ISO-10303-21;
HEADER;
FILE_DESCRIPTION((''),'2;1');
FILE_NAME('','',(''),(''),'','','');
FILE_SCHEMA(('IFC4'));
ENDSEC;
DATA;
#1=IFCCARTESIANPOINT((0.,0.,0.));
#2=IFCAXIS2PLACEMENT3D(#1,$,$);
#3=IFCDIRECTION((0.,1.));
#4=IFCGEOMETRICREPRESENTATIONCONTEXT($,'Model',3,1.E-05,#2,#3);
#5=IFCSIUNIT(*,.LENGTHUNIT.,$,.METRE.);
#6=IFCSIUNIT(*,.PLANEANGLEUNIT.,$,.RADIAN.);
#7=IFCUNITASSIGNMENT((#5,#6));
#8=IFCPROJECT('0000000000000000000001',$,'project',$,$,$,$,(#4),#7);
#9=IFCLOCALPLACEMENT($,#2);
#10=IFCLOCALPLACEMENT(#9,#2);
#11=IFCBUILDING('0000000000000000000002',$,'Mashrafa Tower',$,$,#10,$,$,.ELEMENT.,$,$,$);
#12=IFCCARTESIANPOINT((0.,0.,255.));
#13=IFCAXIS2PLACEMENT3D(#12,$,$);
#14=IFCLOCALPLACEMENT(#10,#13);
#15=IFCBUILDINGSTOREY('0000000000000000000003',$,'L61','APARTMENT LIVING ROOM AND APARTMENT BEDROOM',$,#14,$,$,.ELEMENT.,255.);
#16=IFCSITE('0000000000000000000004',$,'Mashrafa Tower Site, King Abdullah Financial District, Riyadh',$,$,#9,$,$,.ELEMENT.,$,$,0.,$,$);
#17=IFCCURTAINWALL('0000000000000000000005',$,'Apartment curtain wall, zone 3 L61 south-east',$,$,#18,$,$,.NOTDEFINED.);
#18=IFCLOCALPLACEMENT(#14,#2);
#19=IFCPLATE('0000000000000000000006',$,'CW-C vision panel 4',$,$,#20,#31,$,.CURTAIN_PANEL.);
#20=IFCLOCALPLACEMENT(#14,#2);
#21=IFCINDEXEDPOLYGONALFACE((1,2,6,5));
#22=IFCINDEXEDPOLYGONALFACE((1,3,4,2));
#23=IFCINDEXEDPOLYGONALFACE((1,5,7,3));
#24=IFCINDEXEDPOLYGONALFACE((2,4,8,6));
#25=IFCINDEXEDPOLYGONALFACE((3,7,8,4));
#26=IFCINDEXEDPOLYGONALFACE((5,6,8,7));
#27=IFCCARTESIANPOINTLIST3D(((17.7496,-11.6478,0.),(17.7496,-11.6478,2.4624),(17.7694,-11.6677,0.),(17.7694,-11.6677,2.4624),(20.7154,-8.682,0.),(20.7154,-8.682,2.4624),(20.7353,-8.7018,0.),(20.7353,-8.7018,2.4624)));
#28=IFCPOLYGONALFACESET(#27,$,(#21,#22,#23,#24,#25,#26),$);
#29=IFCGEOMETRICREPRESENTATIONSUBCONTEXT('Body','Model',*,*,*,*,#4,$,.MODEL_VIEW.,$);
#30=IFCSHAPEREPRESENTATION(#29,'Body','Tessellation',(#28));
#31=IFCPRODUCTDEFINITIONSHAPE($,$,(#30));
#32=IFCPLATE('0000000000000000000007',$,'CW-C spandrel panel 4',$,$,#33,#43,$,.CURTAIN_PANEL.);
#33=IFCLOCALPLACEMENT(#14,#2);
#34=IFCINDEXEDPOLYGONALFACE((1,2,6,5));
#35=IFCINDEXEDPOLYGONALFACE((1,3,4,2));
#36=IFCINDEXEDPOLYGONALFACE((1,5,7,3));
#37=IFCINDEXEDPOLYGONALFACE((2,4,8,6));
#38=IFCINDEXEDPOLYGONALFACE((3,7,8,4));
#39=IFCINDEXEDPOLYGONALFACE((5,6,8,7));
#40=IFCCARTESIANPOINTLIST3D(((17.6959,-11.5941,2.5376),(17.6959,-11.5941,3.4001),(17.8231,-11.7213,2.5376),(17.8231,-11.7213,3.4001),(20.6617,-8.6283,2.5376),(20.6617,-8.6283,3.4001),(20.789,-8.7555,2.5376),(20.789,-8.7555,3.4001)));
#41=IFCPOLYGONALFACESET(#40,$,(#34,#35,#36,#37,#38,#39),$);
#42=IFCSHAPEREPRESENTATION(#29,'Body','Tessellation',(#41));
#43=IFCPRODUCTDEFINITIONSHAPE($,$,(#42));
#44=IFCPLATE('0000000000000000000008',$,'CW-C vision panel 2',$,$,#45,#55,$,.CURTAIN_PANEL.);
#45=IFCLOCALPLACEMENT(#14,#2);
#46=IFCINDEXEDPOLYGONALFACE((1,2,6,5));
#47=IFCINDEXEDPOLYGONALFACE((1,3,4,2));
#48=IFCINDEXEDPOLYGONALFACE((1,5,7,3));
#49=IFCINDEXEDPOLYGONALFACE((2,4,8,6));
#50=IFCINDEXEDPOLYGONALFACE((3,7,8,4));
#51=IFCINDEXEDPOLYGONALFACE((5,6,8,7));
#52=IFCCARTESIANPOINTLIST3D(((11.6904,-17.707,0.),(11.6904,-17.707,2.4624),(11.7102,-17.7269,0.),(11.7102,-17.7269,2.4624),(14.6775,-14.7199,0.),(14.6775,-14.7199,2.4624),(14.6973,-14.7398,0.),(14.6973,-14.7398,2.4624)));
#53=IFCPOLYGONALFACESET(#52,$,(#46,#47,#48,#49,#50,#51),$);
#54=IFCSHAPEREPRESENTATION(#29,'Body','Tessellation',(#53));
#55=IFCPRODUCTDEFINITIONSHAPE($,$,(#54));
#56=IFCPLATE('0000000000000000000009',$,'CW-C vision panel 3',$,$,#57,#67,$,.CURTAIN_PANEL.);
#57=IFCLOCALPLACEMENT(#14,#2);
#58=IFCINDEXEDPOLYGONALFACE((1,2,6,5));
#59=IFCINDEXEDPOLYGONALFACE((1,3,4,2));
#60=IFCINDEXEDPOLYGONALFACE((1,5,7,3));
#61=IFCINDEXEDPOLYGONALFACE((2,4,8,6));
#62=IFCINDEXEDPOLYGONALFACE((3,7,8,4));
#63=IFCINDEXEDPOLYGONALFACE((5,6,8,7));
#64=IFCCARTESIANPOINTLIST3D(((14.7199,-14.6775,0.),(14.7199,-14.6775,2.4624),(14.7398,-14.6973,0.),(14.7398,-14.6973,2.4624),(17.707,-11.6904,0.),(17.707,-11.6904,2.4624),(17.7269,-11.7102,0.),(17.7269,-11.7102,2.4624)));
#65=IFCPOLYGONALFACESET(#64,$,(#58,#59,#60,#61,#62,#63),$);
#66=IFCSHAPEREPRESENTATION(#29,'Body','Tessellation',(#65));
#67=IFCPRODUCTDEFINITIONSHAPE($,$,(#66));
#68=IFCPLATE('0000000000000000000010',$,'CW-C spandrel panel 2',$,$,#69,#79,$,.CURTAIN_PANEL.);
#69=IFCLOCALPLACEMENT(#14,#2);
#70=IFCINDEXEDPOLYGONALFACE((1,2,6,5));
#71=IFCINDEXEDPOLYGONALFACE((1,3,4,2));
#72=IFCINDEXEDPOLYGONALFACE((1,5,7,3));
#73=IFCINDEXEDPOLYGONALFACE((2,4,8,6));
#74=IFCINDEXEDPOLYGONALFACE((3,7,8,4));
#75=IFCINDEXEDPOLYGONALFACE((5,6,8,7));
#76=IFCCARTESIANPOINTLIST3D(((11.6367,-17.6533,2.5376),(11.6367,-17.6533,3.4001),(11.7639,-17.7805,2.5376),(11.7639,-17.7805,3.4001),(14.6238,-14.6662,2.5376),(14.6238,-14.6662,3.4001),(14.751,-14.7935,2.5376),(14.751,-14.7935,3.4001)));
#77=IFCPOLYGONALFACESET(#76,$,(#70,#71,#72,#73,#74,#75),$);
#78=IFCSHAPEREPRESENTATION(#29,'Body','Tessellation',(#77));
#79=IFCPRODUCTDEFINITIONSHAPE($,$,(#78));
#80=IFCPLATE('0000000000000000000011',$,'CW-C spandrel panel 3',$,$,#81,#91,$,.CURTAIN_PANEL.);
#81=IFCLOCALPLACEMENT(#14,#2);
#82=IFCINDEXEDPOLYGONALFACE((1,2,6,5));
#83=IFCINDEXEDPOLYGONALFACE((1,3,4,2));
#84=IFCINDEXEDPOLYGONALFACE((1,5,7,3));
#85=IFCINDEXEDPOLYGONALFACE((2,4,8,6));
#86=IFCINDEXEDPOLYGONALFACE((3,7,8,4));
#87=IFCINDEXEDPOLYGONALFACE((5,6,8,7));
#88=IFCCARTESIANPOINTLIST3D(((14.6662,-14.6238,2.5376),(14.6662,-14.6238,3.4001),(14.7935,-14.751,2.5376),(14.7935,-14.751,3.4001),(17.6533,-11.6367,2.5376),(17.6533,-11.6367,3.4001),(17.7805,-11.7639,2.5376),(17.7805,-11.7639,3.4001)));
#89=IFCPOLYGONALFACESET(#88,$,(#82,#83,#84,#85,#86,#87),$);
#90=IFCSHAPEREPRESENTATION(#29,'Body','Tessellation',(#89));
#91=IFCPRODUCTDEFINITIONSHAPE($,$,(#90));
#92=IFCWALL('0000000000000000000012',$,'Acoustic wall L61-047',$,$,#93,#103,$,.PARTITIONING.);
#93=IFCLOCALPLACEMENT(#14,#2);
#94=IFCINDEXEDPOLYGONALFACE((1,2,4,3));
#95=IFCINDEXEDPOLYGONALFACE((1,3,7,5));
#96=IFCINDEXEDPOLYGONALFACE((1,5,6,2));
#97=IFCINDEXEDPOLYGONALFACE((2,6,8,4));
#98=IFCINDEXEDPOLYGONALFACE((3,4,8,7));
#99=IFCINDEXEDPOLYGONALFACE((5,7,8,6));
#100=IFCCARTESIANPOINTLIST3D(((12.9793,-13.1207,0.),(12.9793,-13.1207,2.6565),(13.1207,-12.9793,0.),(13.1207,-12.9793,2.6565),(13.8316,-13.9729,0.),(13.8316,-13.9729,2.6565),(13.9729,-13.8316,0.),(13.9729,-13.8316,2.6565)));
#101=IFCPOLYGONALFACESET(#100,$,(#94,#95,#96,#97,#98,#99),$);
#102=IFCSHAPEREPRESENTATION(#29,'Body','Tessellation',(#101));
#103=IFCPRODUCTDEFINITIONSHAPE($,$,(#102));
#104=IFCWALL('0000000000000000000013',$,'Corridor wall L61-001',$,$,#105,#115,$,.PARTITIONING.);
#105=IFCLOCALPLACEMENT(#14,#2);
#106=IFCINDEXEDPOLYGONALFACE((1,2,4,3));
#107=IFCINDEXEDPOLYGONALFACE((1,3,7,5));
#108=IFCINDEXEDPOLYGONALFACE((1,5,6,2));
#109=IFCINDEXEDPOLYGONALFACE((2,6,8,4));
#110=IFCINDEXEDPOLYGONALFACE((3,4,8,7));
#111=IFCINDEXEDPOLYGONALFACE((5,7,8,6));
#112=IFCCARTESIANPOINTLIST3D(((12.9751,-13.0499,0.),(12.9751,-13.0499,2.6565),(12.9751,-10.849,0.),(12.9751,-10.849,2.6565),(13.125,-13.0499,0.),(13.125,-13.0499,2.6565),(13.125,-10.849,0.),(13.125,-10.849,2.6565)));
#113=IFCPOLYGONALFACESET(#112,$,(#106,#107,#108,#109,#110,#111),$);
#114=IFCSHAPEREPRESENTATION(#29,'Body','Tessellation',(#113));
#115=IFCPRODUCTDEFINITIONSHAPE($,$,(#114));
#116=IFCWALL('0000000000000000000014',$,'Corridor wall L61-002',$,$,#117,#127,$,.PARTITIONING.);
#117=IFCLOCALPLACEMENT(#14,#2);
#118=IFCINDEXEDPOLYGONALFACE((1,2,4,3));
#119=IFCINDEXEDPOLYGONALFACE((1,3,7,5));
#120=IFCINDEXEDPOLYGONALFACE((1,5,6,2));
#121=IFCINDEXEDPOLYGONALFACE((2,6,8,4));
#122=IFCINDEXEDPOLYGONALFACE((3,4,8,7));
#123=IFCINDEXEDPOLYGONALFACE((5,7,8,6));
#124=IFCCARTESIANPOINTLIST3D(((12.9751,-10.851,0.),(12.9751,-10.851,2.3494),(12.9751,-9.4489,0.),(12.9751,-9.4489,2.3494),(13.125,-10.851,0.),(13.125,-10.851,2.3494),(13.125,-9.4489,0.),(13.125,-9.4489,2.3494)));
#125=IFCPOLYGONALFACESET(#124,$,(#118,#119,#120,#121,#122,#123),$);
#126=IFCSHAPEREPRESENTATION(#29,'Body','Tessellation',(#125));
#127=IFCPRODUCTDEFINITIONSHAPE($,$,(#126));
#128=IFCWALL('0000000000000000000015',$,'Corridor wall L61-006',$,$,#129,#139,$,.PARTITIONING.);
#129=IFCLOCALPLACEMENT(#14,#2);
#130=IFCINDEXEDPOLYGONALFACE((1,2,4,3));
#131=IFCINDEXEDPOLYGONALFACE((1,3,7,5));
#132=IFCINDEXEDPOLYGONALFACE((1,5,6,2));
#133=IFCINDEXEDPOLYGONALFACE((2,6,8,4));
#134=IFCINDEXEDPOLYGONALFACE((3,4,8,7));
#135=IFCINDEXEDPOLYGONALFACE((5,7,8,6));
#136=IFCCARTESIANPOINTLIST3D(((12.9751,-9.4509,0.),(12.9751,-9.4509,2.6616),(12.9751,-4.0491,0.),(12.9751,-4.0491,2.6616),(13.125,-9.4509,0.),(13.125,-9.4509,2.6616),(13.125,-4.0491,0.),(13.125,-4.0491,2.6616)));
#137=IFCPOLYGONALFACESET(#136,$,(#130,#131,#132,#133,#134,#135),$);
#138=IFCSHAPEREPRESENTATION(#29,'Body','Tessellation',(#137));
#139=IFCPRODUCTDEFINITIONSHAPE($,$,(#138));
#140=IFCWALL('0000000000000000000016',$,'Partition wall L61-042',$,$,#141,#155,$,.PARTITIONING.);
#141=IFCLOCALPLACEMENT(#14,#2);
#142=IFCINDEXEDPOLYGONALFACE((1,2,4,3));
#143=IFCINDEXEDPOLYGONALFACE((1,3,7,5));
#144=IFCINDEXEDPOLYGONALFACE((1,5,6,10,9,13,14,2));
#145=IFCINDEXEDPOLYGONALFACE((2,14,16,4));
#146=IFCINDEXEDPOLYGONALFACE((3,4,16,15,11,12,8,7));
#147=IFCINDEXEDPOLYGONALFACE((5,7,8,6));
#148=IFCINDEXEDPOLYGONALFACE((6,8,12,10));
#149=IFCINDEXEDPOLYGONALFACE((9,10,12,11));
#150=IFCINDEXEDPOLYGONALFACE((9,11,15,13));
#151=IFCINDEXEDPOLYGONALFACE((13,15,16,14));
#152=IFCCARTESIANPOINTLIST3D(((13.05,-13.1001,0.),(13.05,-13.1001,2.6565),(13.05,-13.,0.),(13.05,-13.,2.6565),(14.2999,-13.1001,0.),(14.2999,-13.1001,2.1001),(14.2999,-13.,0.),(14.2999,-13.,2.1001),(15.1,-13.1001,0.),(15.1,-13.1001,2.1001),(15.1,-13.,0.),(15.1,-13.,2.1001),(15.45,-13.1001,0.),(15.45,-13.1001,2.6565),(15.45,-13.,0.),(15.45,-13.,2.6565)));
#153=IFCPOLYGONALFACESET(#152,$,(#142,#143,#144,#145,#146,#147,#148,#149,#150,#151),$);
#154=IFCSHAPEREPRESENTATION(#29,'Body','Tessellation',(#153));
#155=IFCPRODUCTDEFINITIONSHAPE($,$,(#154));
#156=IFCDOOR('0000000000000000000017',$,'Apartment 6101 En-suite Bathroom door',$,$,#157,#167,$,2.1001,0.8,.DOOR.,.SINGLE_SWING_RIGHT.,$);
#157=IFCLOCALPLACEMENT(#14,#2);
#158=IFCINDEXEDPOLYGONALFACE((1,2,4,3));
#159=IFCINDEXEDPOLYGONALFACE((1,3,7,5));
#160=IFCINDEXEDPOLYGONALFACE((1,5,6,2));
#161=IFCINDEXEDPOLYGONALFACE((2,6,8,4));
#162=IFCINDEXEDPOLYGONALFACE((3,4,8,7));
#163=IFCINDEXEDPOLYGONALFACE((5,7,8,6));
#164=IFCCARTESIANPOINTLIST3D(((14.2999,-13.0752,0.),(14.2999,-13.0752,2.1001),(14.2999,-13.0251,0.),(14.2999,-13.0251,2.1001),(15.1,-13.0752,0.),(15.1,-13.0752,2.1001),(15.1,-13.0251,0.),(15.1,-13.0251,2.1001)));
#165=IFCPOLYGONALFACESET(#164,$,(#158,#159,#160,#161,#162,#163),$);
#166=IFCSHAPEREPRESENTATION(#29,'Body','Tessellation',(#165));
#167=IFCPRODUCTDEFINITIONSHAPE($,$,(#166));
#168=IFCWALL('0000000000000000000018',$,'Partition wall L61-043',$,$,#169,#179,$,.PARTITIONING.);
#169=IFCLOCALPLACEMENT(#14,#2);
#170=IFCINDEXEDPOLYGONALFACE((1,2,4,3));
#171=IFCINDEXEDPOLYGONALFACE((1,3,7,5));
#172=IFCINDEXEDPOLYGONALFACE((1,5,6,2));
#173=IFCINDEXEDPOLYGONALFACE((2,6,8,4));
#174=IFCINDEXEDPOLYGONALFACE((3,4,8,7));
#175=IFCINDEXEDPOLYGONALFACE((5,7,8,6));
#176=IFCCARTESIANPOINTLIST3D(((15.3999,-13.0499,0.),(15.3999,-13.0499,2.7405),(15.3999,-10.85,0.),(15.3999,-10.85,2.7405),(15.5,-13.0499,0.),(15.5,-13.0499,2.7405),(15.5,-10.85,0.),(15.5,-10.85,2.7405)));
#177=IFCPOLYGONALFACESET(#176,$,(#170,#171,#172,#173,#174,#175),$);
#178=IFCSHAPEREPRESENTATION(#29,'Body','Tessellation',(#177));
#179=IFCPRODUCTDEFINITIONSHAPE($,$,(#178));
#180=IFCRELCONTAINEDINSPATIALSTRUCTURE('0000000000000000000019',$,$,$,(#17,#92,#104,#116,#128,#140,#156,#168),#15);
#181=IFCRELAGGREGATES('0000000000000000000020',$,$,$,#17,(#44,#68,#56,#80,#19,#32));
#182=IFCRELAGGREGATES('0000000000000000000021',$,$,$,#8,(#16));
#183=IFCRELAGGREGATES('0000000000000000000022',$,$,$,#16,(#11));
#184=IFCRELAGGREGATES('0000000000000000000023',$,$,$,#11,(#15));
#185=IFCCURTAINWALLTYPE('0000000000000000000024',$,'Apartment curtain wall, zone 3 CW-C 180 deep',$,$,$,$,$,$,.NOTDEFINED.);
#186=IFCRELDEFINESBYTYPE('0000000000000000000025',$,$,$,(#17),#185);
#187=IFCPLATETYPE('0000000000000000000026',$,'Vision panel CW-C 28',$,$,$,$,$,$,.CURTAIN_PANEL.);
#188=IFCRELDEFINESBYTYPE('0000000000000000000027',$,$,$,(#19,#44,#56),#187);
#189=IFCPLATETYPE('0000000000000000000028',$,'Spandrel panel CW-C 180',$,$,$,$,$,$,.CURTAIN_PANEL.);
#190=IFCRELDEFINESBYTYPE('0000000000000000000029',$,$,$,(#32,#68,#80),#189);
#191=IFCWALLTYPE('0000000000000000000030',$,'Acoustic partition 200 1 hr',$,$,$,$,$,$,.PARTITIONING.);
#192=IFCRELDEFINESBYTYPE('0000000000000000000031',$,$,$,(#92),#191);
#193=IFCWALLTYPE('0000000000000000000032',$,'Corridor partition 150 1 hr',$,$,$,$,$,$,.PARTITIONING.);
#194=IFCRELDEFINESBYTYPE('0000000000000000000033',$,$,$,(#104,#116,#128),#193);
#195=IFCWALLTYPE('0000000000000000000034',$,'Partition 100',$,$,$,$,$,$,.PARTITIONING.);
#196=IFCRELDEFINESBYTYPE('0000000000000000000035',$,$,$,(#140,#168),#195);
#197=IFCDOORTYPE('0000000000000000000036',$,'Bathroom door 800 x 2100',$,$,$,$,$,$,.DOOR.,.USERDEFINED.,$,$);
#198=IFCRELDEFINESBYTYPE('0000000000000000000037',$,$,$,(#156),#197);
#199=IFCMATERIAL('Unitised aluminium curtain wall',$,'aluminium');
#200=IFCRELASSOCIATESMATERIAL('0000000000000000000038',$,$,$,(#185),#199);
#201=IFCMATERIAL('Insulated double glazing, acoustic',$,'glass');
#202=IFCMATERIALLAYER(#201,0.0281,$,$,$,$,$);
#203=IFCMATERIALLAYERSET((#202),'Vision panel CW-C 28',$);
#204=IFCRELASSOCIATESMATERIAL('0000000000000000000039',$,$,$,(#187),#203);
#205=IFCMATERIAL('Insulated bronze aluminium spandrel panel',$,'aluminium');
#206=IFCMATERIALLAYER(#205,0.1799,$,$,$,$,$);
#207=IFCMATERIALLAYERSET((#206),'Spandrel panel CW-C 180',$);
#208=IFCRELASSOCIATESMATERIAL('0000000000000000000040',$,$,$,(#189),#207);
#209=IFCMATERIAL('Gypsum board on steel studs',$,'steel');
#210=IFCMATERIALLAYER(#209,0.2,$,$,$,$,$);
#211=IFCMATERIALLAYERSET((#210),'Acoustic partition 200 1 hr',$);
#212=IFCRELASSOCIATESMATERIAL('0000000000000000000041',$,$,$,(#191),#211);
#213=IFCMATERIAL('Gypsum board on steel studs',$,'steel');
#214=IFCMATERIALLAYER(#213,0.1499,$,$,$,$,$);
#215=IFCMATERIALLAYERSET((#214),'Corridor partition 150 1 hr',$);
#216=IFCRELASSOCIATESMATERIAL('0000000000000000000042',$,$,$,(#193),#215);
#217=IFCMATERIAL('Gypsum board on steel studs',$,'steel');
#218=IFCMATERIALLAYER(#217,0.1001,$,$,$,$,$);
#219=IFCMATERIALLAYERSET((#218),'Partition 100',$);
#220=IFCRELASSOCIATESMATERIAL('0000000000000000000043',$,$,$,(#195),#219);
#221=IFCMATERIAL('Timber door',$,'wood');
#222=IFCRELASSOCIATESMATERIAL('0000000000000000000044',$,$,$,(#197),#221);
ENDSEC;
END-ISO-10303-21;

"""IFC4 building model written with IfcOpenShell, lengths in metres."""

from ifc_helpers import new_model, si_unit, direction, frame, frame_2d, origin, origin_2d, place, context, subcontext, project, spatial, rectangle, extrude, source, transform, mapped, material, layer, layer_set, type_object, type_shapes, element, fill, aggregate, save


model = new_model("IFC4")

# Units and contexts
model_context = context("Model", 3, precision=1e-05, world=origin(), true_north=direction((0.0, 1.0)))
body_context = subcontext(model_context, "Body", "Model", "MODEL_VIEW")
ifc_project = project(units=[si_unit("LENGTHUNIT", "METRE"), si_unit("PLANEANGLEUNIT", "RADIAN")], contexts=[model_context])

# Site, building, storey
site_placement = place(None, origin())
site = spatial("IfcSite", under=ifc_project, at=site_placement, Name="Mashrafa Tower Site, King Abdullah Financial District, Riyadh", CompositionType="ELEMENT", RefElevation=0.0)
building_placement = place(site_placement, origin())
building = spatial("IfcBuilding", under=site, at=building_placement, Name="Mashrafa Tower", CompositionType="ELEMENT")
storey_placement = place(building_placement, frame((0.0, 0.0, 255.0)))
storey = spatial("IfcBuildingStorey", under=building, at=storey_placement, Name="L61", Description="APARTMENT LIVING ROOM AND APARTMENT BEDROOM", CompositionType="ELEMENT", Elevation=255.0)

# Curtain wall, plates
ifc_material_1 = material(Name="Unitised aluminium curtain wall", Category="aluminium")
curtain_wall_type = type_object("IfcCurtainWallType", Name="Apartment curtain wall, zone 3 CW-C 180 deep", PredefinedType="NOTDEFINED", material=ifc_material_1)
curtain_wall_placement = place(storey_placement, origin())
curtain_wall = element("IfcCurtainWall", 1, at=curtain_wall_placement, inside=storey, type_object=curtain_wall_type, Name="Apartment curtain wall, zone 3 L61 south-east", PredefinedType="NOTDEFINED")
ifc_material_2 = material(Name="Insulated double glazing, acoustic", Category="glass")
ifc_layer_1 = layer(ifc_material_2, 0.0281)
ifc_layer_set_1 = layer_set([ifc_layer_1], Name="Vision panel CW-C 28")
plate_type_1 = type_object("IfcPlateType", Name="Vision panel CW-C 28", PredefinedType="CURTAIN_PANEL", material=ifc_layer_set_1)
shared_shape_1 = source(origin(), body_context, "Body", "SweptSolid", [
    extrude(rectangle(XDim=4.1943, YDim=0.0281, at=origin_2d()), origin(), (0.0, 0.0, 1.0), 2.4624),
])
plate_1_placement = place(storey_placement, frame((19.2424, -10.1748, 0.0), z_axis=(0.0, 0.0, 1.0), x_axis=(0.707107, 0.707107, 0.0)))
plate_1 = element("IfcPlate", 2, at=plate_1_placement, type_object=plate_type_1, Name="CW-C vision panel 4", PredefinedType="CURTAIN_PANEL", context=body_context, shape_type="MappedRepresentation", body=[
    mapped(shared_shape_1, transform((0.0, 0.0, 0.0))),
])
ifc_material_3 = material(Name="Insulated bronze aluminium spandrel panel", Category="aluminium")
ifc_layer_2 = layer(ifc_material_3, 0.1799)
ifc_layer_set_2 = layer_set([ifc_layer_2], Name="Spandrel panel CW-C 180")
plate_type_2 = type_object("IfcPlateType", Name="Spandrel panel CW-C 180", PredefinedType="CURTAIN_PANEL", material=ifc_layer_set_2)
shared_shape_2 = source(origin(), body_context, "Body", "SweptSolid", [
    extrude(rectangle(XDim=4.1943, YDim=0.1799, at=origin_2d()), origin(), (0.0, 0.0, 1.0), 0.8625),
])
plate_2_placement = place(storey_placement, frame((19.2424, -10.1748, 2.5376), z_axis=(0.0, 0.0, 1.0), x_axis=(0.707107, 0.707107, 0.0)))
plate_2 = element("IfcPlate", 3, at=plate_2_placement, type_object=plate_type_2, Name="CW-C spandrel panel 4", PredefinedType="CURTAIN_PANEL", context=body_context, shape_type="MappedRepresentation", body=[
    mapped(shared_shape_2, transform((0.0, 0.0, 0.0))),
])
shared_shape_3 = source(origin(), body_context, "Body", "SweptSolid", [
    extrude(rectangle(XDim=4.2244, YDim=0.0281, at=origin_2d()), origin(), (0.0, 0.0, 1.0), 2.4624),
])
type_shapes(plate_type_1, [shared_shape_1, shared_shape_3])
plate_3_placement = place(storey_placement, frame((13.1938, -16.2234, 0.0), z_axis=(0.0, 0.0, 1.0), x_axis=(0.707107, 0.707107, 0.0)))
plate_3 = element("IfcPlate", 4, at=plate_3_placement, type_object=plate_type_1, Name="CW-C vision panel 2", PredefinedType="CURTAIN_PANEL", context=body_context, shape_type="MappedRepresentation", body=[
    mapped(shared_shape_3, transform((0.0, 0.0, 0.0))),
])
plate_4_placement = place(storey_placement, frame((16.2234, -13.1938, 0.0), z_axis=(0.0, 0.0, 1.0), x_axis=(0.707107, 0.707107, 0.0)))
plate_4 = element("IfcPlate", 5, at=plate_4_placement, type_object=plate_type_1, Name="CW-C vision panel 3", PredefinedType="CURTAIN_PANEL", context=body_context, shape_type="MappedRepresentation", body=[
    mapped(shared_shape_3, transform((0.0, 0.0, 0.0))),
])
shared_shape_4 = source(origin(), body_context, "Body", "SweptSolid", [
    extrude(rectangle(XDim=4.2244, YDim=0.1799, at=origin_2d()), origin(), (0.0, 0.0, 1.0), 0.8625),
])
type_shapes(plate_type_2, [shared_shape_2, shared_shape_4])
plate_5_placement = place(storey_placement, frame((13.1938, -16.2234, 2.5376), z_axis=(0.0, 0.0, 1.0), x_axis=(0.707107, 0.707107, 0.0)))
plate_5 = element("IfcPlate", 6, at=plate_5_placement, type_object=plate_type_2, Name="CW-C spandrel panel 2", PredefinedType="CURTAIN_PANEL", context=body_context, shape_type="MappedRepresentation", body=[
    mapped(shared_shape_4, transform((0.0, 0.0, 0.0))),
])
plate_6_placement = place(storey_placement, frame((16.2234, -13.1938, 2.5376), z_axis=(0.0, 0.0, 1.0), x_axis=(0.707107, 0.707107, 0.0)))
plate_6 = element("IfcPlate", 7, at=plate_6_placement, type_object=plate_type_2, Name="CW-C spandrel panel 3", PredefinedType="CURTAIN_PANEL", context=body_context, shape_type="MappedRepresentation", body=[
    mapped(shared_shape_4, transform((0.0, 0.0, 0.0))),
])
aggregate(curtain_wall, [plate_3, plate_5, plate_4, plate_6, plate_1, plate_2])

# Walls
ifc_material_4 = material(Name="Gypsum board on steel studs", Category="steel")
ifc_layer_3 = layer(ifc_material_4, 0.2)
ifc_layer_set_3 = layer_set([ifc_layer_3], Name="Acoustic partition 200 1 hr")
wall_type_1 = type_object("IfcWallType", Name="Acoustic partition 200 1 hr", PredefinedType="PARTITIONING", material=ifc_layer_set_3)
wall_1_placement = place(storey_placement, frame((13.05, -13.05, 0.0), z_axis=(0.0, 0.0, 1.0), x_axis=(0.707107, -0.707107, 0.0)))
element("IfcWall", 8, at=wall_1_placement, inside=storey, type_object=wall_type_1, Name="Acoustic wall L61-047", PredefinedType="PARTITIONING", context=body_context, shape_type="SweptSolid", body=[
    extrude(rectangle(XDim=1.2053, YDim=0.2, at=frame_2d((0.6025, 0.0))), origin(), (0.0, 0.0, 1.0), 2.6565),
])
ifc_material_5 = material(Name="Gypsum board on steel studs", Category="steel")
ifc_layer_4 = layer(ifc_material_5, 0.1499)
ifc_layer_set_4 = layer_set([ifc_layer_4], Name="Corridor partition 150 1 hr")
wall_type_2 = type_object("IfcWallType", Name="Corridor partition 150 1 hr", PredefinedType="PARTITIONING", material=ifc_layer_set_4)
wall_2_placement = place(storey_placement, frame((13.05, -13.05, 0.0), z_axis=(0.0, 0.0, 1.0), x_axis=(0.0, 1.0, 0.0)))
element("IfcWall", 9, at=wall_2_placement, inside=storey, type_object=wall_type_2, Name="Corridor wall L61-001", PredefinedType="PARTITIONING", context=body_context, shape_type="SweptSolid", body=[
    extrude(rectangle(XDim=2.2009, YDim=0.1499, at=frame_2d((1.1006, 0.0))), origin(), (0.0, 0.0, 1.0), 2.6565),
])
wall_3_placement = place(storey_placement, frame((13.05, -10.8511, 0.0), z_axis=(0.0, 0.0, 1.0), x_axis=(0.0, 1.0, 0.0)))
element("IfcWall", 10, at=wall_3_placement, inside=storey, type_object=wall_type_2, Name="Corridor wall L61-002", PredefinedType="PARTITIONING", context=body_context, shape_type="SweptSolid", body=[
    extrude(rectangle(XDim=1.4021, YDim=0.1499, at=frame_2d((0.7012, 0.0))), origin(), (0.0, 0.0, 1.0), 2.3494),
])
wall_4_placement = place(storey_placement, frame((13.05, -9.4509, 0.0), z_axis=(0.0, 0.0, 1.0), x_axis=(0.0, 1.0, 0.0)))
element("IfcWall", 11, at=wall_4_placement, inside=storey, type_object=wall_type_2, Name="Corridor wall L61-006", PredefinedType="PARTITIONING", context=body_context, shape_type="SweptSolid", body=[
    extrude(rectangle(XDim=5.4019, YDim=0.1499, at=frame_2d((2.7009, 0.0))), origin(), (0.0, 0.0, 1.0), 2.6616),
])

# Wall, opening, door
ifc_material_6 = material(Name="Gypsum board on steel studs", Category="steel")
ifc_layer_5 = layer(ifc_material_6, 0.1001)
ifc_layer_set_5 = layer_set([ifc_layer_5], Name="Partition 100")
wall_type_3 = type_object("IfcWallType", Name="Partition 100", PredefinedType="PARTITIONING", material=ifc_layer_set_5)
wall_5_placement = place(storey_placement, frame((13.05, -13.05, 0.0), z_axis=(0.0, 0.0, 1.0), x_axis=(1.0, 0.0, 0.0)))
wall_5 = element("IfcWall", 12, at=wall_5_placement, inside=storey, type_object=wall_type_3, Name="Partition wall L61-042", PredefinedType="PARTITIONING", context=body_context, shape_type="SweptSolid", body=[
    extrude(rectangle(XDim=2.3999, YDim=0.1001, at=frame_2d((1.2, 0.0))), origin(), (0.0, 0.0, 1.0), 2.6565),
])
opening_1_placement = place(wall_5_placement, frame((1.25, 0.0, 0.0)))
opening_1 = element("IfcOpeningElement", 13, at=opening_1_placement, cuts=wall_5, PredefinedType="OPENING", context=body_context, shape_type="SweptSolid", body=[
    extrude(rectangle(XDim=0.8, YDim=2.1001, at=frame_2d((0.3999, 1.05))), frame((0.0, 0.0601, 0.0), z_axis=(0.0, -1.0, 0.0), x_axis=(1.0, 0.0, 0.0)), (0.0, 0.0, 1.0), 0.1201),
])
ifc_material_7 = material(Name="Timber door", Category="wood")
door_type_1 = type_object("IfcDoorType", Name="Bathroom door 800 x 2100", OperationType="USERDEFINED", PredefinedType="DOOR", material=ifc_material_7)
door_1_placement = place(opening_1_placement, origin())
door_1 = element("IfcDoor", 14, at=door_1_placement, inside=storey, type_object=door_type_1, Name="Apartment 6101 En-suite Bathroom door", OperationType="SINGLE_SWING_RIGHT", OverallHeight=2.1001, OverallWidth=0.8, PredefinedType="DOOR", context=body_context, shape_type="SweptSolid", body=[
    extrude(rectangle(XDim=0.8, YDim=2.1001, at=frame_2d((0.3999, 1.05))), frame((0.0, 0.0249, 0.0), z_axis=(0.0, -1.0, 0.0), x_axis=(1.0, 0.0, 0.0)), (0.0, 0.0, 1.0), 0.05),
])
fill(opening_1, door_1)

# Wall
wall_6_placement = place(storey_placement, frame((15.45, -13.05, 0.0), z_axis=(0.0, 0.0, 1.0), x_axis=(0.0, 1.0, 0.0)))
element("IfcWall", 15, at=wall_6_placement, inside=storey, type_object=wall_type_3, Name="Partition wall L61-043", PredefinedType="PARTITIONING", context=body_context, shape_type="SweptSolid", body=[
    extrude(rectangle(XDim=2.2, YDim=0.1001, at=frame_2d((1.1001, 0.0))), origin(), (0.0, 0.0, 1.0), 2.7405),
])

save(model, "model.ifc")
